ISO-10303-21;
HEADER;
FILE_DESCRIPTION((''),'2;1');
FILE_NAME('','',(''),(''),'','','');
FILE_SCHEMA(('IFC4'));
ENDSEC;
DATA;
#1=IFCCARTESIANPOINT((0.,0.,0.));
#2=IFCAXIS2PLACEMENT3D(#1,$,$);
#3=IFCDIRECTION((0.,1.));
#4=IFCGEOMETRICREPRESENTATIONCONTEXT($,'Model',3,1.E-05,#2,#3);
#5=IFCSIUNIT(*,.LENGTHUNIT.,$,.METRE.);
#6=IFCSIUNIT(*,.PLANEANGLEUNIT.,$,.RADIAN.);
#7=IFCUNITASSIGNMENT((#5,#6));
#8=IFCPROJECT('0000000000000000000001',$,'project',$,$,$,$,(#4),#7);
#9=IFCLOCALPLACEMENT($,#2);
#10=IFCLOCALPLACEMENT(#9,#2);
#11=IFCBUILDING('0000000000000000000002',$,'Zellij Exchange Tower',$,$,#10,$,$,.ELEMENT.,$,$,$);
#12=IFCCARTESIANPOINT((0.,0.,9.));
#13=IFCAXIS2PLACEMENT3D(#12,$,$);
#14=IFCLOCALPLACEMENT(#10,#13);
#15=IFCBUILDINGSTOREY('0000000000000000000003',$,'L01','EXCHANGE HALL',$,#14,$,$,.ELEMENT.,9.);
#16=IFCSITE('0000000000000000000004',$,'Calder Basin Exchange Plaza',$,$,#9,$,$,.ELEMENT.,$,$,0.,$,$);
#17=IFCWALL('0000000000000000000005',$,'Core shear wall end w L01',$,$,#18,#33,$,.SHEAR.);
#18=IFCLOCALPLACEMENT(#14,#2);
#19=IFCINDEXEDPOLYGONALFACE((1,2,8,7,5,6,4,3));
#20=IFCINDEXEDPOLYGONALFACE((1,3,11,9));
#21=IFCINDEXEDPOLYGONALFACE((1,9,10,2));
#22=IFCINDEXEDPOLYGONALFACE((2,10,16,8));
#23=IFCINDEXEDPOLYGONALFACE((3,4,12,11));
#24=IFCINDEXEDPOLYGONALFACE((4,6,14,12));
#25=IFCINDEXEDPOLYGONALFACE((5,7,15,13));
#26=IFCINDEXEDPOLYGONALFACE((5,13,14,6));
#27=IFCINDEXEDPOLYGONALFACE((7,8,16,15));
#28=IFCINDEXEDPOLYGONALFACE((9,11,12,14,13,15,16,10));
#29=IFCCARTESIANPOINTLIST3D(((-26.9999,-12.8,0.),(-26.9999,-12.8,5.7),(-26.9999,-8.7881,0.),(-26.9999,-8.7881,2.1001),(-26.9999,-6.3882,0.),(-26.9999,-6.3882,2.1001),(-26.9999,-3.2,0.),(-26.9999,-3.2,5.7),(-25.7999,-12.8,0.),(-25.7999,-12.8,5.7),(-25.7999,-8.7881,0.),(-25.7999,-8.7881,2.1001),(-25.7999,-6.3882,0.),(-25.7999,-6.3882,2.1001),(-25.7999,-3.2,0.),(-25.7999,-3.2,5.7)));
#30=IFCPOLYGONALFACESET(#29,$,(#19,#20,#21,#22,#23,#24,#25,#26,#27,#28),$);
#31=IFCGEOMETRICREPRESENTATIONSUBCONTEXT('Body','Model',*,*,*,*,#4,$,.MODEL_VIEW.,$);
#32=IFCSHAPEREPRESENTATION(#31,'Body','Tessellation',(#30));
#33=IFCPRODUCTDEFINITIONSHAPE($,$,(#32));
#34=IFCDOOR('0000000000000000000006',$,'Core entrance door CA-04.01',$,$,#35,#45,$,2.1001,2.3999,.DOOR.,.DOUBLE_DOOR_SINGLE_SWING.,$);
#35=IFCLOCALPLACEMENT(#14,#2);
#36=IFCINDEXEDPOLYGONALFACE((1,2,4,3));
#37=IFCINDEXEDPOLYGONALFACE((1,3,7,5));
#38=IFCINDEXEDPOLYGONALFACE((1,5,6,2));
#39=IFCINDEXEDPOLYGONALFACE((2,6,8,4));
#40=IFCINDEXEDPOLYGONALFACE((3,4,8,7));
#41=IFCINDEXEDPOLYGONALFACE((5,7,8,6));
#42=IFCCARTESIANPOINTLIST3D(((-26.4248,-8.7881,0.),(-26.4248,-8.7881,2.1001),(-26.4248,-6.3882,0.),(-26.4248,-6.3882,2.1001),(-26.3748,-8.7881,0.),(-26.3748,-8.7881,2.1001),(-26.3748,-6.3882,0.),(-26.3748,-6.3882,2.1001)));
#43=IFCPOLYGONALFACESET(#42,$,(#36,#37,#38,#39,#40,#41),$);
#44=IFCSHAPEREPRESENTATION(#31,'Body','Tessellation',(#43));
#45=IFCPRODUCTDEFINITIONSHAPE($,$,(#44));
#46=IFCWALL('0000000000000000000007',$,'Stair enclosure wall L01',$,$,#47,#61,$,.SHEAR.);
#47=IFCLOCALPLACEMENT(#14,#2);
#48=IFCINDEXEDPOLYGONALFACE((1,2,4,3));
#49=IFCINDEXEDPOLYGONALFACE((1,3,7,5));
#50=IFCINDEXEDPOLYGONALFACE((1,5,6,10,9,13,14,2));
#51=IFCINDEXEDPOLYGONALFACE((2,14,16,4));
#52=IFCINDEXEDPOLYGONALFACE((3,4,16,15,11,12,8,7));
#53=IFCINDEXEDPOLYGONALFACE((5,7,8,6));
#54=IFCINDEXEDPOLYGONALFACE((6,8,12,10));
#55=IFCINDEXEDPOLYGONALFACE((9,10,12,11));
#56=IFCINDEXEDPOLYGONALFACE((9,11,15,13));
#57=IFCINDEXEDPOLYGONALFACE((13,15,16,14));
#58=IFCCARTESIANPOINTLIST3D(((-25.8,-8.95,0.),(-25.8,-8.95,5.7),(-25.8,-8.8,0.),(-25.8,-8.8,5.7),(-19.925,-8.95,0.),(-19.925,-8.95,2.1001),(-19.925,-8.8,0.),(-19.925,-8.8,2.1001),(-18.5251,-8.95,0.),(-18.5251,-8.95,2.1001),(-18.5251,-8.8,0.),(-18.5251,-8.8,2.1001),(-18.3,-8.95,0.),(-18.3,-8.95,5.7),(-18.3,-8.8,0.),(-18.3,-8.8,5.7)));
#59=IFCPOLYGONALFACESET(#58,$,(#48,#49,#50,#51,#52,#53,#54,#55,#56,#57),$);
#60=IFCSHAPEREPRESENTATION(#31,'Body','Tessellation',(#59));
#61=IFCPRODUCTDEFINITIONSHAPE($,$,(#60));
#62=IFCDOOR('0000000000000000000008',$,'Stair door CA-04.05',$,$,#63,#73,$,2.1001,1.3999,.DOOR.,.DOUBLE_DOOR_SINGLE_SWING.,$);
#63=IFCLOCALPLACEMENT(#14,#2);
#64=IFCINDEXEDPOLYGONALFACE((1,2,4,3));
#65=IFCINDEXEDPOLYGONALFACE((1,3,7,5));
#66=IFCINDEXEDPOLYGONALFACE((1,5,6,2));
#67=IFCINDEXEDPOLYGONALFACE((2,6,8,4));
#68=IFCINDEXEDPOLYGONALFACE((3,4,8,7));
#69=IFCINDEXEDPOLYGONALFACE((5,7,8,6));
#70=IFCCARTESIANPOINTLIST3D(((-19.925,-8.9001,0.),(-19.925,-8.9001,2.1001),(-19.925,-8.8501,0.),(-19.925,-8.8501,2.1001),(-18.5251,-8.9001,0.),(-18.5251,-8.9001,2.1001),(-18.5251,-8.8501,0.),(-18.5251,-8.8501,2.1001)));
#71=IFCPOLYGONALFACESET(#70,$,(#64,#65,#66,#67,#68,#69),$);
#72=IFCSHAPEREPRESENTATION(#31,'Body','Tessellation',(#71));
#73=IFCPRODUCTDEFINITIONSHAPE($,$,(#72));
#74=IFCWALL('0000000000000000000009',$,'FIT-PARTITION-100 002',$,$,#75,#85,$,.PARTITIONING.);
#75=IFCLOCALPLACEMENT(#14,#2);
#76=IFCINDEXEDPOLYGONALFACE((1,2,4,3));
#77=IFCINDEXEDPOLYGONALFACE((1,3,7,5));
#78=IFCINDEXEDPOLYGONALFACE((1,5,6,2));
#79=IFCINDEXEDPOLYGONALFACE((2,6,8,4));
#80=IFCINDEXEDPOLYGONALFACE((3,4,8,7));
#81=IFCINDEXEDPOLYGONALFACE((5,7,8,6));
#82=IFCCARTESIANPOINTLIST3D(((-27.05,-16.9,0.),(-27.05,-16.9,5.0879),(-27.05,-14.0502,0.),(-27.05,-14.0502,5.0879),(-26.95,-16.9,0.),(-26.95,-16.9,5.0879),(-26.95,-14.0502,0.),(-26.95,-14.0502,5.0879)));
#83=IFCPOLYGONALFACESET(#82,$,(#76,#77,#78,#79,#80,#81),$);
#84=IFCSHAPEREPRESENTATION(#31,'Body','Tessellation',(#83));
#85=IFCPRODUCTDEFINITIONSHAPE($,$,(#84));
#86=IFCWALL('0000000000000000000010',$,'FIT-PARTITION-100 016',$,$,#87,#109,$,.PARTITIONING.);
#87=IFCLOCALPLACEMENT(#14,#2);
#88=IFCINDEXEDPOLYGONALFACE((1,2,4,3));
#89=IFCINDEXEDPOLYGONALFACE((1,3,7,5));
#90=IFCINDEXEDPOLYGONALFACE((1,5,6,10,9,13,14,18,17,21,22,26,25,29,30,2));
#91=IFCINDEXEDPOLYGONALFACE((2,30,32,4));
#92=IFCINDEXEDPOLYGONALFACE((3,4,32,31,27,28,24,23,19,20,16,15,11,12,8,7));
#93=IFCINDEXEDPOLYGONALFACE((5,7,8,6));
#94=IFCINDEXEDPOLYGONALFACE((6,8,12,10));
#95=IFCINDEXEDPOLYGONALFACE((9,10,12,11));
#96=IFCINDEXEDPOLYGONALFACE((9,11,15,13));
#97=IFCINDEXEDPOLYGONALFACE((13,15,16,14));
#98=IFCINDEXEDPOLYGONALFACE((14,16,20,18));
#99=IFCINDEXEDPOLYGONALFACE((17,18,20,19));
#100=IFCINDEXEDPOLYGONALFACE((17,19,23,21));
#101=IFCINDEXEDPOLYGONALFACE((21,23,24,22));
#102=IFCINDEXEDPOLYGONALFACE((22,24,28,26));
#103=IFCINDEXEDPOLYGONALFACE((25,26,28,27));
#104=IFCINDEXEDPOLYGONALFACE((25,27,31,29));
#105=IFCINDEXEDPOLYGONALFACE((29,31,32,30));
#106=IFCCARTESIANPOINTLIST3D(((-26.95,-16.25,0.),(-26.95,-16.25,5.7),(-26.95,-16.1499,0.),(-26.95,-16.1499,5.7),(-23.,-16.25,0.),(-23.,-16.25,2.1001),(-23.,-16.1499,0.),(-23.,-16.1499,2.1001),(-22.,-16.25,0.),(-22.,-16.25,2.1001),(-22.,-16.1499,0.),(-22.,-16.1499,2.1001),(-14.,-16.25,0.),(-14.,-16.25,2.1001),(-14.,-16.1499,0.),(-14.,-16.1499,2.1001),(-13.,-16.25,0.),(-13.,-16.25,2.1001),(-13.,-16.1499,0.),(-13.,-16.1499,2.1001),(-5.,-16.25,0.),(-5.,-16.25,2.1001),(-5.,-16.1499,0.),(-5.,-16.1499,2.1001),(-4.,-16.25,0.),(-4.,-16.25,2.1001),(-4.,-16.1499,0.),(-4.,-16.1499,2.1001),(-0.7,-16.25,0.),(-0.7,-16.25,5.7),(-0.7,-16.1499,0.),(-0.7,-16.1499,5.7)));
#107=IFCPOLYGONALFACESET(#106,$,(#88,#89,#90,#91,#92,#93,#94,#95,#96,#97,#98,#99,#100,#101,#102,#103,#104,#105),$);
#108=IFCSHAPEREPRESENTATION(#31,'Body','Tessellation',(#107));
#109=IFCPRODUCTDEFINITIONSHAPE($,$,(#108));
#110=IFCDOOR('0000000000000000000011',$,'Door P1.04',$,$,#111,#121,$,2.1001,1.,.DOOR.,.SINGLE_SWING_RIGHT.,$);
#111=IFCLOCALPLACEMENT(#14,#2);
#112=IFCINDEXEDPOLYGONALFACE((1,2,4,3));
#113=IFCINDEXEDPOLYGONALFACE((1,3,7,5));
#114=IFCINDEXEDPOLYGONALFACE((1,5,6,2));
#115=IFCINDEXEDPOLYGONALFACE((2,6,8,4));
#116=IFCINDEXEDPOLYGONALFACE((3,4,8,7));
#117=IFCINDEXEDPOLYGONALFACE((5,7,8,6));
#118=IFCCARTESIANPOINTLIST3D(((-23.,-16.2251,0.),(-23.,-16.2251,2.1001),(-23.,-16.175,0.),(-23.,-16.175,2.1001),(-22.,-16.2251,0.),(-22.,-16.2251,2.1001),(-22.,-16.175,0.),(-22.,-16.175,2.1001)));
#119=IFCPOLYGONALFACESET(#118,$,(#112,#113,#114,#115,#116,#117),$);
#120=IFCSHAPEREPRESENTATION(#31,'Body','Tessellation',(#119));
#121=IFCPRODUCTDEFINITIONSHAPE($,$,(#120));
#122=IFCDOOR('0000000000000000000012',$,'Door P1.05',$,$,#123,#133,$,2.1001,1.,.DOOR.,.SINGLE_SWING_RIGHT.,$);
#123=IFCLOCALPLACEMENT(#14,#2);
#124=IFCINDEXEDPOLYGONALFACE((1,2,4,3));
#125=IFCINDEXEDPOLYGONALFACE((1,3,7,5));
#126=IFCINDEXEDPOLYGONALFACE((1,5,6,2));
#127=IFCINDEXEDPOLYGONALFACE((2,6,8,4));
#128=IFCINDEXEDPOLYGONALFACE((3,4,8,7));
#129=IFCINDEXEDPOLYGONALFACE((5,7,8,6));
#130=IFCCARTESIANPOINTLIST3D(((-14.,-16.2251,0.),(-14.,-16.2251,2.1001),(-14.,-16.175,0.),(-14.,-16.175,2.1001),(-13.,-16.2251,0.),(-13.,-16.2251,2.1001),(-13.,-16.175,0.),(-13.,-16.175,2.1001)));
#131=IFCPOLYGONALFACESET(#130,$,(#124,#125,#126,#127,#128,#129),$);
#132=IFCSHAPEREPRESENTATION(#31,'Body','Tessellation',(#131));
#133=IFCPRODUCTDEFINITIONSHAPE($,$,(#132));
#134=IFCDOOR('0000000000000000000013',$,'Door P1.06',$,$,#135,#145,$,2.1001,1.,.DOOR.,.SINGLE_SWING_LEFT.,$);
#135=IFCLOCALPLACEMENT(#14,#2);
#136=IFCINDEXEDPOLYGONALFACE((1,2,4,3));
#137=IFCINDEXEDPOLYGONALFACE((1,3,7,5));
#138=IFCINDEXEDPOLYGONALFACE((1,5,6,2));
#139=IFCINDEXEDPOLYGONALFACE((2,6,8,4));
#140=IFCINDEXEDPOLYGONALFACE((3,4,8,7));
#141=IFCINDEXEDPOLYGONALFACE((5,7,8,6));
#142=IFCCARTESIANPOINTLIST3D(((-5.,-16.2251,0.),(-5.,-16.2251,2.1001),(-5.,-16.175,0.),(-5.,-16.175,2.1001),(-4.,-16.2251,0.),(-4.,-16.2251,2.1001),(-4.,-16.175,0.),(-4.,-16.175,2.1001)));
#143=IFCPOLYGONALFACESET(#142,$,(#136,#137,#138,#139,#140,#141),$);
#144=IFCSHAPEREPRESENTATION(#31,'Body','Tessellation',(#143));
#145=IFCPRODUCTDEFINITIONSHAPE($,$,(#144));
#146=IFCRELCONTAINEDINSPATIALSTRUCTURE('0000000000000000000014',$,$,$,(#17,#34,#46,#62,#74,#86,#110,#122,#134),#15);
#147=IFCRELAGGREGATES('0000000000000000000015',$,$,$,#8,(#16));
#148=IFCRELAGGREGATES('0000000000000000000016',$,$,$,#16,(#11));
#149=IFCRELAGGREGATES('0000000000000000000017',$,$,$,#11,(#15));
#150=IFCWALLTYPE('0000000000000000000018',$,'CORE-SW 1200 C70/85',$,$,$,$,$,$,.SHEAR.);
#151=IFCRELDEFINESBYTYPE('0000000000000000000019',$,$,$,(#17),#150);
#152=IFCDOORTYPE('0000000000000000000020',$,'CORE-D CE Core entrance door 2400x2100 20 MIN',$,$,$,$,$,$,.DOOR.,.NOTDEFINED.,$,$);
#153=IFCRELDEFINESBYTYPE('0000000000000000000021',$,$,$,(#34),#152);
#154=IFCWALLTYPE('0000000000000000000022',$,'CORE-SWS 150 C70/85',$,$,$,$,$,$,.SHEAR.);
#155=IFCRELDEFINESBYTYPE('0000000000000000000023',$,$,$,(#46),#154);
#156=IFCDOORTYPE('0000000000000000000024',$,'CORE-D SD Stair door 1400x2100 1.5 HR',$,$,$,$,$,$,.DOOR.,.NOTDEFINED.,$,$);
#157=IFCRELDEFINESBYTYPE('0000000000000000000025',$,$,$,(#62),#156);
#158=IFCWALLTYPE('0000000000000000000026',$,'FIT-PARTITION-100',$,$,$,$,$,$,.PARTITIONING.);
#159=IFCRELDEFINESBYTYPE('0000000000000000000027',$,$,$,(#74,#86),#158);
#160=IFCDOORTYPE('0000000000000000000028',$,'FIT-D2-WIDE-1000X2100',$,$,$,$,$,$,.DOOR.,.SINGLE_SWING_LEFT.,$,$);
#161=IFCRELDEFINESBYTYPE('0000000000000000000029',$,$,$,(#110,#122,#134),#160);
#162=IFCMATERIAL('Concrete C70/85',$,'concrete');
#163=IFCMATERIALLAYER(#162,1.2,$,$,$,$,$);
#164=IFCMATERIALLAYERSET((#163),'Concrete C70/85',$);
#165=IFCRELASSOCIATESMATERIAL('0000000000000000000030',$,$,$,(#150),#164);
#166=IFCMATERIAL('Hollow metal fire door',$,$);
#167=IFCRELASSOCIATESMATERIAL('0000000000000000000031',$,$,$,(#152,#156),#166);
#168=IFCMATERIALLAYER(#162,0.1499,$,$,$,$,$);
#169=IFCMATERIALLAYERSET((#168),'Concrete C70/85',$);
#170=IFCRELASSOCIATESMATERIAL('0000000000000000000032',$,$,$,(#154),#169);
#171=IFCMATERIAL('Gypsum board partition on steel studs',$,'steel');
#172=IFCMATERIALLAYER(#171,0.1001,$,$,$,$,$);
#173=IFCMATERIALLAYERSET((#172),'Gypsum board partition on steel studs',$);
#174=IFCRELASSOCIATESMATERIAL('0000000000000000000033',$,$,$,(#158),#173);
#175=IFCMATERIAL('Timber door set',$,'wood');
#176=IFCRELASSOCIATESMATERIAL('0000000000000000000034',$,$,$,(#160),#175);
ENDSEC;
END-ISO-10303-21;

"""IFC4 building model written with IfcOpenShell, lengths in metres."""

from ifc_helpers import new_model, si_unit, direction, frame, frame_2d, origin, place, context, subcontext, project, spatial, rectangle, extrude, material, layer, layer_set, type_object, element, fill, save


model = new_model("IFC4")

# Units and contexts
model_context = context("Model", 3, precision=1e-05, world=origin(), true_north=direction((0.0, 1.0)))
body_context = subcontext(model_context, "Body", "Model", "MODEL_VIEW")
ifc_project = project(units=[si_unit("LENGTHUNIT", "METRE"), si_unit("PLANEANGLEUNIT", "RADIAN")], contexts=[model_context])

# Site, building, storey
site_placement = place(None, origin())
site = spatial("IfcSite", under=ifc_project, at=site_placement, Name="Calder Basin Exchange Plaza", CompositionType="ELEMENT", RefElevation=0.0)
building_placement = place(site_placement, origin())
building = spatial("IfcBuilding", under=site, at=building_placement, Name="Zellij Exchange Tower", CompositionType="ELEMENT")
storey_placement = place(building_placement, frame((0.0, 0.0, 9.0)))
storey = spatial("IfcBuildingStorey", under=building, at=storey_placement, Name="L01", Description="EXCHANGE HALL", CompositionType="ELEMENT", Elevation=9.0)

# Shared definitions
ifc_material_1 = material(Name="Concrete C70/85", Category="concrete")

# Shared definitions
ifc_layer_1 = layer(ifc_material_1, 1.2)
ifc_layer_set_1 = layer_set([ifc_layer_1], Name="Concrete C70/85")
wall_type_1 = type_object("IfcWallType", Name="CORE-SW 1200 C70/85", PredefinedType="SHEAR", material=ifc_layer_set_1)
ifc_material_2 = material(Name="Hollow metal fire door")

# Walls, openings, doors
wall_1_placement = place(storey_placement, frame((-26.3999, -12.8, 0.0), z_axis=(0.0, 0.0, 1.0), x_axis=(0.0, 1.0, 0.0)))
wall_1 = element("IfcWall", 1, at=wall_1_placement, inside=storey, type_object=wall_type_1, Name="Core shear wall end w L01", PredefinedType="SHEAR", context=body_context, shape_type="SweptSolid", body=[
    extrude(rectangle(XDim=9.6001, YDim=1.2, at=frame_2d((4.8, 0.0))), origin(), (0.0, 0.0, 1.0), 5.7),
])
opening_1_placement = place(wall_1_placement, frame((4.012, 0.0, 0.0)))
opening_1 = element("IfcOpeningElement", 2, at=opening_1_placement, cuts=wall_1, PredefinedType="OPENING", context=body_context, shape_type="SweptSolid", body=[
    extrude(rectangle(XDim=2.3999, YDim=2.1001, at=frame_2d((1.2, 1.05))), frame((0.0, 0.6118, 0.0), z_axis=(0.0, -1.0, 0.0), x_axis=(1.0, 0.0, 0.0)), (0.0, 0.0, 1.0), 1.2239),
])
door_type_1 = type_object("IfcDoorType", Name="CORE-D CE Core entrance door 2400x2100 20 MIN", OperationType="NOTDEFINED", PredefinedType="DOOR", material=ifc_material_2)
door_1_placement = place(opening_1_placement, origin())
door_1 = element("IfcDoor", 3, at=door_1_placement, inside=storey, type_object=door_type_1, Name="Core entrance door CA-04.01", OperationType="DOUBLE_DOOR_SINGLE_SWING", OverallHeight=2.1001, OverallWidth=2.3999, PredefinedType="DOOR", context=body_context, shape_type="SweptSolid", body=[
    extrude(rectangle(XDim=2.3999, YDim=2.1001, at=frame_2d((1.2, 1.05))), frame((0.0, 0.0249, 0.0), z_axis=(0.0, -1.0, 0.0), x_axis=(1.0, 0.0, 0.0)), (0.0, 0.0, 1.0), 0.05),
])
fill(opening_1, door_1)
ifc_layer_2 = layer(ifc_material_1, 0.1499)
ifc_layer_set_2 = layer_set([ifc_layer_2], Name="Concrete C70/85")
wall_type_2 = type_object("IfcWallType", Name="CORE-SWS 150 C70/85", PredefinedType="SHEAR", material=ifc_layer_set_2)
wall_2_placement = place(storey_placement, frame((-25.8, -8.875, 0.0), z_axis=(0.0, 0.0, 1.0), x_axis=(1.0, 0.0, 0.0)))
wall_2 = element("IfcWall", 4, at=wall_2_placement, inside=storey, type_object=wall_type_2, Name="Stair enclosure wall L01", PredefinedType="SHEAR", context=body_context, shape_type="SweptSolid", body=[
    extrude(rectangle(XDim=7.5, YDim=0.1499, at=frame_2d((3.75, 0.0))), origin(), (0.0, 0.0, 1.0), 5.7),
])
opening_2_placement = place(wall_2_placement, frame((5.875, 0.0, 0.0)))
opening_2 = element("IfcOpeningElement", 5, at=opening_2_placement, cuts=wall_2, PredefinedType="OPENING", context=body_context, shape_type="SweptSolid", body=[
    extrude(rectangle(XDim=1.3999, YDim=2.1001, at=frame_2d((0.7, 1.05))), frame((0.0, 0.0869, 0.0), z_axis=(0.0, -1.0, 0.0), x_axis=(1.0, 0.0, 0.0)), (0.0, 0.0, 1.0), 0.1738),
])
door_type_2 = type_object("IfcDoorType", Name="CORE-D SD Stair door 1400x2100 1.5 HR", OperationType="NOTDEFINED", PredefinedType="DOOR", material=ifc_material_2)
door_2_placement = place(opening_2_placement, origin())
door_2 = element("IfcDoor", 6, at=door_2_placement, inside=storey, type_object=door_type_2, Name="Stair door CA-04.05", OperationType="DOUBLE_DOOR_SINGLE_SWING", OverallHeight=2.1001, OverallWidth=1.3999, PredefinedType="DOOR", context=body_context, shape_type="SweptSolid", body=[
    extrude(rectangle(XDim=1.3999, YDim=2.1001, at=frame_2d((0.7, 1.05))), frame((0.0, 0.0249, 0.0), z_axis=(0.0, -1.0, 0.0), x_axis=(1.0, 0.0, 0.0)), (0.0, 0.0, 1.0), 0.05),
])
fill(opening_2, door_2)

# Wall
ifc_material_3 = material(Name="Gypsum board partition on steel studs", Category="steel")
ifc_layer_3 = layer(ifc_material_3, 0.1001)
ifc_layer_set_3 = layer_set([ifc_layer_3], Name="Gypsum board partition on steel studs")
wall_type_3 = type_object("IfcWallType", Name="FIT-PARTITION-100", PredefinedType="PARTITIONING", material=ifc_layer_set_3)
wall_3_placement = place(storey_placement, frame((-27.0, -16.8999, 0.0), z_axis=(0.0, 0.0, 1.0), x_axis=(0.0, 1.0, 0.0)))
element("IfcWall", 7, at=wall_3_placement, inside=storey, type_object=wall_type_3, Name="FIT-PARTITION-100 002", PredefinedType="PARTITIONING", context=body_context, shape_type="SweptSolid", body=[
    extrude(rectangle(XDim=2.8499, YDim=0.1001, at=frame_2d((1.4248, 0.0))), origin(), (0.0, 0.0, 1.0), 5.0879),
])

# Wall, openings, doors
wall_4_placement = place(storey_placement, frame((-26.95, -16.2, 0.0), z_axis=(0.0, 0.0, 1.0), x_axis=(1.0, 0.0, 0.0)))
wall_4 = element("IfcWall", 8, at=wall_4_placement, inside=storey, type_object=wall_type_3, Name="FIT-PARTITION-100 016", PredefinedType="PARTITIONING", context=body_context, shape_type="SweptSolid", body=[
    extrude(rectangle(XDim=26.25, YDim=0.1001, at=frame_2d((13.125, 0.0))), origin(), (0.0, 0.0, 1.0), 5.7),
])
opening_3_placement = place(wall_4_placement, frame((3.95, 0.0, 0.0)))
opening_3 = element("IfcOpeningElement", 9, at=opening_3_placement, cuts=wall_4, PredefinedType="OPENING", context=body_context, shape_type="SweptSolid", body=[
    extrude(rectangle(XDim=1.0, YDim=2.1001, at=frame_2d((0.5, 1.05))), frame((0.0, 0.062, 0.0), z_axis=(0.0, -1.0, 0.0), x_axis=(1.0, 0.0, 0.0)), (0.0, 0.0, 1.0), 0.124),
])
opening_4_placement = place(wall_4_placement, frame((12.95, 0.0, 0.0)))
opening_4 = element("IfcOpeningElement", 10, at=opening_4_placement, cuts=wall_4, PredefinedType="OPENING", context=body_context, shape_type="SweptSolid", body=[
    extrude(rectangle(XDim=1.0, YDim=2.1001, at=frame_2d((0.5, 1.05))), frame((0.0, 0.062, 0.0), z_axis=(0.0, -1.0, 0.0), x_axis=(1.0, 0.0, 0.0)), (0.0, 0.0, 1.0), 0.124),
])
opening_5_placement = place(wall_4_placement, frame((21.95, 0.0, 0.0)))
opening_5 = element("IfcOpeningElement", 11, at=opening_5_placement, cuts=wall_4, PredefinedType="OPENING", context=body_context, shape_type="SweptSolid", body=[
    extrude(rectangle(XDim=1.0, YDim=2.1001, at=frame_2d((0.5, 1.05))), frame((0.0, 0.062, 0.0), z_axis=(0.0, -1.0, 0.0), x_axis=(1.0, 0.0, 0.0)), (0.0, 0.0, 1.0), 0.124),
])
ifc_material_4 = material(Name="Timber door set", Category="wood")
door_type_3 = type_object("IfcDoorType", Name="FIT-D2-WIDE-1000X2100", OperationType="SINGLE_SWING_LEFT", PredefinedType="DOOR", material=ifc_material_4)
door_3_placement = place(opening_3_placement, origin())
door_3 = element("IfcDoor", 12, at=door_3_placement, inside=storey, type_object=door_type_3, Name="Door P1.04", OperationType="SINGLE_SWING_RIGHT", OverallHeight=2.1001, OverallWidth=1.0, PredefinedType="DOOR", context=body_context, shape_type="SweptSolid", body=[
    extrude(rectangle(XDim=1.0, YDim=2.1001, at=frame_2d((0.5, 1.05))), frame((0.0, 0.0249, 0.0), z_axis=(0.0, -1.0, 0.0), x_axis=(1.0, 0.0, 0.0)), (0.0, 0.0, 1.0), 0.05),
])
fill(opening_3, door_3)
door_4_placement = place(opening_4_placement, origin())
door_4 = element("IfcDoor", 13, at=door_4_placement, inside=storey, type_object=door_type_3, Name="Door P1.05", OperationType="SINGLE_SWING_RIGHT", OverallHeight=2.1001, OverallWidth=1.0, PredefinedType="DOOR", context=body_context, shape_type="SweptSolid", body=[
    extrude(rectangle(XDim=1.0, YDim=2.1001, at=frame_2d((0.5, 1.05))), frame((0.0, 0.0249, 0.0), z_axis=(0.0, -1.0, 0.0), x_axis=(1.0, 0.0, 0.0)), (0.0, 0.0, 1.0), 0.05),
])
fill(opening_4, door_4)
door_5_placement = place(opening_5_placement, origin())
door_5 = element("IfcDoor", 14, at=door_5_placement, inside=storey, type_object=door_type_3, Name="Door P1.06", OperationType="SINGLE_SWING_LEFT", OverallHeight=2.1001, OverallWidth=1.0, PredefinedType="DOOR", context=body_context, shape_type="SweptSolid", body=[
    extrude(rectangle(XDim=1.0, YDim=2.1001, at=frame_2d((0.5, 1.05))), frame((0.0, 0.0249, 0.0), z_axis=(0.0, -1.0, 0.0), x_axis=(1.0, 0.0, 0.0)), (0.0, 0.0, 1.0), 0.05),
])
fill(opening_5, door_5)

save(model, "model.ifc")
